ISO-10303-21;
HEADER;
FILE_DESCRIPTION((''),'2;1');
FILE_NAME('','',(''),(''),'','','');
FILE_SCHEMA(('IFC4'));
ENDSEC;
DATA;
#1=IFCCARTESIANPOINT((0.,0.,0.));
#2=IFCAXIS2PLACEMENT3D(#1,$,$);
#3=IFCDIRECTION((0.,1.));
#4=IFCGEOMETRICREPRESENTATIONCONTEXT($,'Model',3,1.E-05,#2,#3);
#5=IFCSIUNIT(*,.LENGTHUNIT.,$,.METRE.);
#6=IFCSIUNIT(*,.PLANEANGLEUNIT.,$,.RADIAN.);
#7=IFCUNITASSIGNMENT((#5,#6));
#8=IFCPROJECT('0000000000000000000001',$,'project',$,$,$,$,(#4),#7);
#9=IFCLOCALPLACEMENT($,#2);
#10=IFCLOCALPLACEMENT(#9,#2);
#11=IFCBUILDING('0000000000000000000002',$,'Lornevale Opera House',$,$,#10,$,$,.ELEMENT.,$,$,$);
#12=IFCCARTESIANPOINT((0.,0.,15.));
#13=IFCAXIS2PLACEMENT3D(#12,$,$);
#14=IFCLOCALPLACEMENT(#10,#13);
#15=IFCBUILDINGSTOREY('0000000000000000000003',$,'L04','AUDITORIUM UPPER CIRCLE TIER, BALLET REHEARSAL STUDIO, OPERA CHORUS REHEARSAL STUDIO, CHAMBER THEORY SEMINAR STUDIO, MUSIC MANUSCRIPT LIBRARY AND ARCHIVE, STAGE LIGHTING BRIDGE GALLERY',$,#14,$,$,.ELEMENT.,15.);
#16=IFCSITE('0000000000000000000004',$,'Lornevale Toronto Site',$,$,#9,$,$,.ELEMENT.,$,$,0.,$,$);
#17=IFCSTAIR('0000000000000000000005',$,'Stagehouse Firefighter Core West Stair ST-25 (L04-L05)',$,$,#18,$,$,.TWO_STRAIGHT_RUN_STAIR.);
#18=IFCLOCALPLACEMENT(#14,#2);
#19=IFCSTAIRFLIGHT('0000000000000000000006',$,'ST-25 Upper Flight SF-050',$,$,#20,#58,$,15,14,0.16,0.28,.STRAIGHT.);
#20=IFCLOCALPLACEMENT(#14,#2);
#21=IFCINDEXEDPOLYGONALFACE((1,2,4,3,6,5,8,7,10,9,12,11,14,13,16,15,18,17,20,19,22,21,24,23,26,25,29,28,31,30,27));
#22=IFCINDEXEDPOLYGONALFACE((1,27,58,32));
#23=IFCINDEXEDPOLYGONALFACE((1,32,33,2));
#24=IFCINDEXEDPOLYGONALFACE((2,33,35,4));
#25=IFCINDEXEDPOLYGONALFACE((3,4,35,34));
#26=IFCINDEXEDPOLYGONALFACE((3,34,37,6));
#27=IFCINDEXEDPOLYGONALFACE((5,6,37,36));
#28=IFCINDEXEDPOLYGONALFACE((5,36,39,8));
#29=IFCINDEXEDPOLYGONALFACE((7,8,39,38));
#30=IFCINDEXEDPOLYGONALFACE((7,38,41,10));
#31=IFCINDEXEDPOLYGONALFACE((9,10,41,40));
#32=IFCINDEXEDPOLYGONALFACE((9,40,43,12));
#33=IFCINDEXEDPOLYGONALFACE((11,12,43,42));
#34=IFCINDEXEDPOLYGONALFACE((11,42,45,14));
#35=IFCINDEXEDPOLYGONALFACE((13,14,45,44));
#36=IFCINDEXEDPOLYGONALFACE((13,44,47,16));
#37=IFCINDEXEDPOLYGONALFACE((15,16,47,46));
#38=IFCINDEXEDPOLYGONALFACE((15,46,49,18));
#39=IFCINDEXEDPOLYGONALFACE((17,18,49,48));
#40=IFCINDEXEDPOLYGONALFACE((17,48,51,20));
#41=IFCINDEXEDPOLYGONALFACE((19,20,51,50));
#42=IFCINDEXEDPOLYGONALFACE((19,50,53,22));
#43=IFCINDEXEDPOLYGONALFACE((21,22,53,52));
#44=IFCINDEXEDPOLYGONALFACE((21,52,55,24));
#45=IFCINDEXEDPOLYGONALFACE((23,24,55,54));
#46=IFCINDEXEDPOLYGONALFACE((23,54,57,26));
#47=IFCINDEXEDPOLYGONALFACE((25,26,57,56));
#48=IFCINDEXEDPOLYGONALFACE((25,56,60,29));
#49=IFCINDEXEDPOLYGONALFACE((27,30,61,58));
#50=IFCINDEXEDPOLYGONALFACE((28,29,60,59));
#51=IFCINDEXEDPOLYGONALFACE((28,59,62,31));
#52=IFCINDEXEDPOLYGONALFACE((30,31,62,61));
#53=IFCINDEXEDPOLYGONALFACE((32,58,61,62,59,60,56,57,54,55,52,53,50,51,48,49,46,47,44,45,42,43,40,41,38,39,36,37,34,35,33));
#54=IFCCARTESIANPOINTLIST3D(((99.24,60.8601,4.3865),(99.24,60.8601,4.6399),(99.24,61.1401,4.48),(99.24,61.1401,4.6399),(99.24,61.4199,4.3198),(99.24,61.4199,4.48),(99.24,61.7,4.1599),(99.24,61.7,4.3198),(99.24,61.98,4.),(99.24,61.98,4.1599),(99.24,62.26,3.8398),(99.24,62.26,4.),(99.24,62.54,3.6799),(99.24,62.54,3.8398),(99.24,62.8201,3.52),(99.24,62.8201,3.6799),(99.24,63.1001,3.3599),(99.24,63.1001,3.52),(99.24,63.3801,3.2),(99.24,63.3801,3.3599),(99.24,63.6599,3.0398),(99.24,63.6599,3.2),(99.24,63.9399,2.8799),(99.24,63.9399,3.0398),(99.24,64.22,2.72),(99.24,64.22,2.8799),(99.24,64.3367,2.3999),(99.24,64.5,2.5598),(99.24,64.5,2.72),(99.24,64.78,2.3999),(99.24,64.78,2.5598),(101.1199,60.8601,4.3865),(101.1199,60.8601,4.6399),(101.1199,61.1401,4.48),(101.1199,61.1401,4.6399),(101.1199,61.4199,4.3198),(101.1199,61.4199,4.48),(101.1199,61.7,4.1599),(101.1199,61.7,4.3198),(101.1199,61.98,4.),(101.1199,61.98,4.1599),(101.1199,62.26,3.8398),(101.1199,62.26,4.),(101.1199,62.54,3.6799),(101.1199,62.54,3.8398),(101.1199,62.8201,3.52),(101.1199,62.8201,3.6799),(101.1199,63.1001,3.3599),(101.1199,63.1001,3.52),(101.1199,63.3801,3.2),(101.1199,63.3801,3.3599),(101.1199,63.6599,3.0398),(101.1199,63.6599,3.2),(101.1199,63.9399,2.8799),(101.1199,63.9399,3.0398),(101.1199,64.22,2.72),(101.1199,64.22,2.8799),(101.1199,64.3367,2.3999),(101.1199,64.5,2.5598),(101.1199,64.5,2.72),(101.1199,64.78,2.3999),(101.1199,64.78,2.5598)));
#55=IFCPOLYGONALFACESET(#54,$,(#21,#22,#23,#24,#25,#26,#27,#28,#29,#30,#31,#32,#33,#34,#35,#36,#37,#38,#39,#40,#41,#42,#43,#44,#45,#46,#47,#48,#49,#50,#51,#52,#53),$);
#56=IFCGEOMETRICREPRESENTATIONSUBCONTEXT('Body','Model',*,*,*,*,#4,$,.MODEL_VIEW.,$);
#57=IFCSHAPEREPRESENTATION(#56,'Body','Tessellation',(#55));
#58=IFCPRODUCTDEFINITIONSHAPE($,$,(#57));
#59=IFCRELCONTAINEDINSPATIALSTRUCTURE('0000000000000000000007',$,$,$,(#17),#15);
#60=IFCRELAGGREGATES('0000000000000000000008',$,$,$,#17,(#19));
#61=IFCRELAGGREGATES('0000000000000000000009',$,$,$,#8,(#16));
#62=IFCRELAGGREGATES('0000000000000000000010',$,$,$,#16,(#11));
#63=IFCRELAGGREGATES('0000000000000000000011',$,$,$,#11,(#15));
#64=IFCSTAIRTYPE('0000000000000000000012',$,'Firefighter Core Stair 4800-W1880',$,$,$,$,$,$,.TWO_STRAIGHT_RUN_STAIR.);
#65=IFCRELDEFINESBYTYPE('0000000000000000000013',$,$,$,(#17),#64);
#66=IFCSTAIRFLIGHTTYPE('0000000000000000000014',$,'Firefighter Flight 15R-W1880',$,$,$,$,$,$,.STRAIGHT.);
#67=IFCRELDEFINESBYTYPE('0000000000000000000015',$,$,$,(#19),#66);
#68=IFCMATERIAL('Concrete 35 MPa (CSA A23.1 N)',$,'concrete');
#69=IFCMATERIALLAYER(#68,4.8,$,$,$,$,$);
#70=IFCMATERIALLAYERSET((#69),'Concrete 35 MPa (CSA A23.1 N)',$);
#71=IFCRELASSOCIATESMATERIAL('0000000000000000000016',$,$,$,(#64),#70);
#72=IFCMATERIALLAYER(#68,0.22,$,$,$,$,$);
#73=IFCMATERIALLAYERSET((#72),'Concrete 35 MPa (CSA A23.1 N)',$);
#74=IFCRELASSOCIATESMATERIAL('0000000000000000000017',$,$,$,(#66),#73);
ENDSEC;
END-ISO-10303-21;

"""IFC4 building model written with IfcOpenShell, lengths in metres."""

from ifc_helpers import new_model, si_unit, direction, frame, origin, place, context, subcontext, project, spatial, polyline, outline, extrude, material, layer, layer_set, type_object, element, aggregate, save


model = new_model("IFC4")

# Units and contexts
model_context = context("Model", 3, precision=1e-05, world=origin(), true_north=direction((0.0, 1.0)))
body_context = subcontext(model_context, "Body", "Model", "MODEL_VIEW")
ifc_project = project(units=[si_unit("LENGTHUNIT", "METRE"), si_unit("PLANEANGLEUNIT", "RADIAN")], contexts=[model_context])

# Site, building, storey
site_placement = place(None, origin())
site = spatial("IfcSite", under=ifc_project, at=site_placement, Name="Lornevale Toronto Site", CompositionType="ELEMENT", RefElevation=0.0)
building_placement = place(site_placement, origin())
building = spatial("IfcBuilding", under=site, at=building_placement, Name="Lornevale Opera House", CompositionType="ELEMENT")
storey_placement = place(building_placement, frame((0.0, 0.0, 15.0)))
storey = spatial("IfcBuildingStorey", under=building, at=storey_placement, Name="L04", Description="AUDITORIUM UPPER CIRCLE TIER, BALLET REHEARSAL STUDIO, OPERA CHORUS REHEARSAL STUDIO, CHAMBER THEORY SEMINAR STUDIO, MUSIC MANUSCRIPT LIBRARY AND ARCHIVE, STAGE LIGHTING BRIDGE GALLERY", CompositionType="ELEMENT", Elevation=15.0)

# Stair, stair flight
ifc_material_1 = material(Name="Concrete 35 MPa (CSA A23.1 N)", Category="concrete")
ifc_layer_1 = layer(ifc_material_1, 4.8)
ifc_layer_set_1 = layer_set([ifc_layer_1], Name="Concrete 35 MPa (CSA A23.1 N)")
stair_type = type_object("IfcStairType", Name="Firefighter Core Stair 4800-W1880", PredefinedType="TWO_STRAIGHT_RUN_STAIR", material=ifc_layer_set_1)
stair_placement = place(storey_placement, origin())
stair = element("IfcStair", 1, at=stair_placement, inside=storey, type_object=stair_type, Name="Stagehouse Firefighter Core West Stair ST-25 (L04-L05)", PredefinedType="TWO_STRAIGHT_RUN_STAIR")
ifc_layer_2 = layer(ifc_material_1, 0.22)
ifc_layer_set_2 = layer_set([ifc_layer_2], Name="Concrete 35 MPa (CSA A23.1 N)")
stair_flight_type = type_object("IfcStairFlightType", Name="Firefighter Flight 15R-W1880", PredefinedType="STRAIGHT", material=ifc_layer_set_2)
stair_flight_1_placement = place(storey_placement, frame((100.1799, 64.78, 2.3999), z_axis=(0.0, 0.0, 1.0), x_axis=(0.0, -1.0, 0.0)))
stair_flight_1 = element("IfcStairFlight", 2, at=stair_flight_1_placement, type_object=stair_flight_type, Name="ST-25 Upper Flight SF-050", NumberOfRisers=15, NumberOfTreads=14, PredefinedType="STRAIGHT", RiserHeight=0.16, TreadLength=0.28, context=body_context, shape_type="SweptSolid", body=[
    extrude(outline(polyline([(0.0, 0.0), (0.0, 0.1599), (0.28, 0.1599), (0.28, 0.3201), (0.5601, 0.3201), (0.5601, 0.48), (0.8401, 0.48), (0.8401, 0.6399), (1.1201, 0.6399), (1.1201, 0.8), (1.3999, 0.8), (1.3999, 0.96), (1.6799, 0.96), (1.6799, 1.1201), (1.96, 1.1201), (1.96, 1.28), (2.24, 1.28), (2.24, 1.4399), (2.52, 1.4399), (2.52, 1.6001), (2.8, 1.6001), (2.8, 1.76), (3.0801, 1.76), (3.0801, 1.9199), (3.3601, 1.9199), (3.3601, 2.0801), (3.6399, 2.0801), (3.6399, 2.24), (3.9199, 2.24), (3.9199, 1.9866), (0.4434, 0.0), (0.0, 0.0)])), frame((0.0, 0.9399, 0.0), z_axis=(0.0, -1.0, 0.0), x_axis=(1.0, 0.0, 0.0)), (0.0, 0.0, 1.0), 1.8799),
])
aggregate(stair, [stair_flight_1])

save(model, "model.ifc")
